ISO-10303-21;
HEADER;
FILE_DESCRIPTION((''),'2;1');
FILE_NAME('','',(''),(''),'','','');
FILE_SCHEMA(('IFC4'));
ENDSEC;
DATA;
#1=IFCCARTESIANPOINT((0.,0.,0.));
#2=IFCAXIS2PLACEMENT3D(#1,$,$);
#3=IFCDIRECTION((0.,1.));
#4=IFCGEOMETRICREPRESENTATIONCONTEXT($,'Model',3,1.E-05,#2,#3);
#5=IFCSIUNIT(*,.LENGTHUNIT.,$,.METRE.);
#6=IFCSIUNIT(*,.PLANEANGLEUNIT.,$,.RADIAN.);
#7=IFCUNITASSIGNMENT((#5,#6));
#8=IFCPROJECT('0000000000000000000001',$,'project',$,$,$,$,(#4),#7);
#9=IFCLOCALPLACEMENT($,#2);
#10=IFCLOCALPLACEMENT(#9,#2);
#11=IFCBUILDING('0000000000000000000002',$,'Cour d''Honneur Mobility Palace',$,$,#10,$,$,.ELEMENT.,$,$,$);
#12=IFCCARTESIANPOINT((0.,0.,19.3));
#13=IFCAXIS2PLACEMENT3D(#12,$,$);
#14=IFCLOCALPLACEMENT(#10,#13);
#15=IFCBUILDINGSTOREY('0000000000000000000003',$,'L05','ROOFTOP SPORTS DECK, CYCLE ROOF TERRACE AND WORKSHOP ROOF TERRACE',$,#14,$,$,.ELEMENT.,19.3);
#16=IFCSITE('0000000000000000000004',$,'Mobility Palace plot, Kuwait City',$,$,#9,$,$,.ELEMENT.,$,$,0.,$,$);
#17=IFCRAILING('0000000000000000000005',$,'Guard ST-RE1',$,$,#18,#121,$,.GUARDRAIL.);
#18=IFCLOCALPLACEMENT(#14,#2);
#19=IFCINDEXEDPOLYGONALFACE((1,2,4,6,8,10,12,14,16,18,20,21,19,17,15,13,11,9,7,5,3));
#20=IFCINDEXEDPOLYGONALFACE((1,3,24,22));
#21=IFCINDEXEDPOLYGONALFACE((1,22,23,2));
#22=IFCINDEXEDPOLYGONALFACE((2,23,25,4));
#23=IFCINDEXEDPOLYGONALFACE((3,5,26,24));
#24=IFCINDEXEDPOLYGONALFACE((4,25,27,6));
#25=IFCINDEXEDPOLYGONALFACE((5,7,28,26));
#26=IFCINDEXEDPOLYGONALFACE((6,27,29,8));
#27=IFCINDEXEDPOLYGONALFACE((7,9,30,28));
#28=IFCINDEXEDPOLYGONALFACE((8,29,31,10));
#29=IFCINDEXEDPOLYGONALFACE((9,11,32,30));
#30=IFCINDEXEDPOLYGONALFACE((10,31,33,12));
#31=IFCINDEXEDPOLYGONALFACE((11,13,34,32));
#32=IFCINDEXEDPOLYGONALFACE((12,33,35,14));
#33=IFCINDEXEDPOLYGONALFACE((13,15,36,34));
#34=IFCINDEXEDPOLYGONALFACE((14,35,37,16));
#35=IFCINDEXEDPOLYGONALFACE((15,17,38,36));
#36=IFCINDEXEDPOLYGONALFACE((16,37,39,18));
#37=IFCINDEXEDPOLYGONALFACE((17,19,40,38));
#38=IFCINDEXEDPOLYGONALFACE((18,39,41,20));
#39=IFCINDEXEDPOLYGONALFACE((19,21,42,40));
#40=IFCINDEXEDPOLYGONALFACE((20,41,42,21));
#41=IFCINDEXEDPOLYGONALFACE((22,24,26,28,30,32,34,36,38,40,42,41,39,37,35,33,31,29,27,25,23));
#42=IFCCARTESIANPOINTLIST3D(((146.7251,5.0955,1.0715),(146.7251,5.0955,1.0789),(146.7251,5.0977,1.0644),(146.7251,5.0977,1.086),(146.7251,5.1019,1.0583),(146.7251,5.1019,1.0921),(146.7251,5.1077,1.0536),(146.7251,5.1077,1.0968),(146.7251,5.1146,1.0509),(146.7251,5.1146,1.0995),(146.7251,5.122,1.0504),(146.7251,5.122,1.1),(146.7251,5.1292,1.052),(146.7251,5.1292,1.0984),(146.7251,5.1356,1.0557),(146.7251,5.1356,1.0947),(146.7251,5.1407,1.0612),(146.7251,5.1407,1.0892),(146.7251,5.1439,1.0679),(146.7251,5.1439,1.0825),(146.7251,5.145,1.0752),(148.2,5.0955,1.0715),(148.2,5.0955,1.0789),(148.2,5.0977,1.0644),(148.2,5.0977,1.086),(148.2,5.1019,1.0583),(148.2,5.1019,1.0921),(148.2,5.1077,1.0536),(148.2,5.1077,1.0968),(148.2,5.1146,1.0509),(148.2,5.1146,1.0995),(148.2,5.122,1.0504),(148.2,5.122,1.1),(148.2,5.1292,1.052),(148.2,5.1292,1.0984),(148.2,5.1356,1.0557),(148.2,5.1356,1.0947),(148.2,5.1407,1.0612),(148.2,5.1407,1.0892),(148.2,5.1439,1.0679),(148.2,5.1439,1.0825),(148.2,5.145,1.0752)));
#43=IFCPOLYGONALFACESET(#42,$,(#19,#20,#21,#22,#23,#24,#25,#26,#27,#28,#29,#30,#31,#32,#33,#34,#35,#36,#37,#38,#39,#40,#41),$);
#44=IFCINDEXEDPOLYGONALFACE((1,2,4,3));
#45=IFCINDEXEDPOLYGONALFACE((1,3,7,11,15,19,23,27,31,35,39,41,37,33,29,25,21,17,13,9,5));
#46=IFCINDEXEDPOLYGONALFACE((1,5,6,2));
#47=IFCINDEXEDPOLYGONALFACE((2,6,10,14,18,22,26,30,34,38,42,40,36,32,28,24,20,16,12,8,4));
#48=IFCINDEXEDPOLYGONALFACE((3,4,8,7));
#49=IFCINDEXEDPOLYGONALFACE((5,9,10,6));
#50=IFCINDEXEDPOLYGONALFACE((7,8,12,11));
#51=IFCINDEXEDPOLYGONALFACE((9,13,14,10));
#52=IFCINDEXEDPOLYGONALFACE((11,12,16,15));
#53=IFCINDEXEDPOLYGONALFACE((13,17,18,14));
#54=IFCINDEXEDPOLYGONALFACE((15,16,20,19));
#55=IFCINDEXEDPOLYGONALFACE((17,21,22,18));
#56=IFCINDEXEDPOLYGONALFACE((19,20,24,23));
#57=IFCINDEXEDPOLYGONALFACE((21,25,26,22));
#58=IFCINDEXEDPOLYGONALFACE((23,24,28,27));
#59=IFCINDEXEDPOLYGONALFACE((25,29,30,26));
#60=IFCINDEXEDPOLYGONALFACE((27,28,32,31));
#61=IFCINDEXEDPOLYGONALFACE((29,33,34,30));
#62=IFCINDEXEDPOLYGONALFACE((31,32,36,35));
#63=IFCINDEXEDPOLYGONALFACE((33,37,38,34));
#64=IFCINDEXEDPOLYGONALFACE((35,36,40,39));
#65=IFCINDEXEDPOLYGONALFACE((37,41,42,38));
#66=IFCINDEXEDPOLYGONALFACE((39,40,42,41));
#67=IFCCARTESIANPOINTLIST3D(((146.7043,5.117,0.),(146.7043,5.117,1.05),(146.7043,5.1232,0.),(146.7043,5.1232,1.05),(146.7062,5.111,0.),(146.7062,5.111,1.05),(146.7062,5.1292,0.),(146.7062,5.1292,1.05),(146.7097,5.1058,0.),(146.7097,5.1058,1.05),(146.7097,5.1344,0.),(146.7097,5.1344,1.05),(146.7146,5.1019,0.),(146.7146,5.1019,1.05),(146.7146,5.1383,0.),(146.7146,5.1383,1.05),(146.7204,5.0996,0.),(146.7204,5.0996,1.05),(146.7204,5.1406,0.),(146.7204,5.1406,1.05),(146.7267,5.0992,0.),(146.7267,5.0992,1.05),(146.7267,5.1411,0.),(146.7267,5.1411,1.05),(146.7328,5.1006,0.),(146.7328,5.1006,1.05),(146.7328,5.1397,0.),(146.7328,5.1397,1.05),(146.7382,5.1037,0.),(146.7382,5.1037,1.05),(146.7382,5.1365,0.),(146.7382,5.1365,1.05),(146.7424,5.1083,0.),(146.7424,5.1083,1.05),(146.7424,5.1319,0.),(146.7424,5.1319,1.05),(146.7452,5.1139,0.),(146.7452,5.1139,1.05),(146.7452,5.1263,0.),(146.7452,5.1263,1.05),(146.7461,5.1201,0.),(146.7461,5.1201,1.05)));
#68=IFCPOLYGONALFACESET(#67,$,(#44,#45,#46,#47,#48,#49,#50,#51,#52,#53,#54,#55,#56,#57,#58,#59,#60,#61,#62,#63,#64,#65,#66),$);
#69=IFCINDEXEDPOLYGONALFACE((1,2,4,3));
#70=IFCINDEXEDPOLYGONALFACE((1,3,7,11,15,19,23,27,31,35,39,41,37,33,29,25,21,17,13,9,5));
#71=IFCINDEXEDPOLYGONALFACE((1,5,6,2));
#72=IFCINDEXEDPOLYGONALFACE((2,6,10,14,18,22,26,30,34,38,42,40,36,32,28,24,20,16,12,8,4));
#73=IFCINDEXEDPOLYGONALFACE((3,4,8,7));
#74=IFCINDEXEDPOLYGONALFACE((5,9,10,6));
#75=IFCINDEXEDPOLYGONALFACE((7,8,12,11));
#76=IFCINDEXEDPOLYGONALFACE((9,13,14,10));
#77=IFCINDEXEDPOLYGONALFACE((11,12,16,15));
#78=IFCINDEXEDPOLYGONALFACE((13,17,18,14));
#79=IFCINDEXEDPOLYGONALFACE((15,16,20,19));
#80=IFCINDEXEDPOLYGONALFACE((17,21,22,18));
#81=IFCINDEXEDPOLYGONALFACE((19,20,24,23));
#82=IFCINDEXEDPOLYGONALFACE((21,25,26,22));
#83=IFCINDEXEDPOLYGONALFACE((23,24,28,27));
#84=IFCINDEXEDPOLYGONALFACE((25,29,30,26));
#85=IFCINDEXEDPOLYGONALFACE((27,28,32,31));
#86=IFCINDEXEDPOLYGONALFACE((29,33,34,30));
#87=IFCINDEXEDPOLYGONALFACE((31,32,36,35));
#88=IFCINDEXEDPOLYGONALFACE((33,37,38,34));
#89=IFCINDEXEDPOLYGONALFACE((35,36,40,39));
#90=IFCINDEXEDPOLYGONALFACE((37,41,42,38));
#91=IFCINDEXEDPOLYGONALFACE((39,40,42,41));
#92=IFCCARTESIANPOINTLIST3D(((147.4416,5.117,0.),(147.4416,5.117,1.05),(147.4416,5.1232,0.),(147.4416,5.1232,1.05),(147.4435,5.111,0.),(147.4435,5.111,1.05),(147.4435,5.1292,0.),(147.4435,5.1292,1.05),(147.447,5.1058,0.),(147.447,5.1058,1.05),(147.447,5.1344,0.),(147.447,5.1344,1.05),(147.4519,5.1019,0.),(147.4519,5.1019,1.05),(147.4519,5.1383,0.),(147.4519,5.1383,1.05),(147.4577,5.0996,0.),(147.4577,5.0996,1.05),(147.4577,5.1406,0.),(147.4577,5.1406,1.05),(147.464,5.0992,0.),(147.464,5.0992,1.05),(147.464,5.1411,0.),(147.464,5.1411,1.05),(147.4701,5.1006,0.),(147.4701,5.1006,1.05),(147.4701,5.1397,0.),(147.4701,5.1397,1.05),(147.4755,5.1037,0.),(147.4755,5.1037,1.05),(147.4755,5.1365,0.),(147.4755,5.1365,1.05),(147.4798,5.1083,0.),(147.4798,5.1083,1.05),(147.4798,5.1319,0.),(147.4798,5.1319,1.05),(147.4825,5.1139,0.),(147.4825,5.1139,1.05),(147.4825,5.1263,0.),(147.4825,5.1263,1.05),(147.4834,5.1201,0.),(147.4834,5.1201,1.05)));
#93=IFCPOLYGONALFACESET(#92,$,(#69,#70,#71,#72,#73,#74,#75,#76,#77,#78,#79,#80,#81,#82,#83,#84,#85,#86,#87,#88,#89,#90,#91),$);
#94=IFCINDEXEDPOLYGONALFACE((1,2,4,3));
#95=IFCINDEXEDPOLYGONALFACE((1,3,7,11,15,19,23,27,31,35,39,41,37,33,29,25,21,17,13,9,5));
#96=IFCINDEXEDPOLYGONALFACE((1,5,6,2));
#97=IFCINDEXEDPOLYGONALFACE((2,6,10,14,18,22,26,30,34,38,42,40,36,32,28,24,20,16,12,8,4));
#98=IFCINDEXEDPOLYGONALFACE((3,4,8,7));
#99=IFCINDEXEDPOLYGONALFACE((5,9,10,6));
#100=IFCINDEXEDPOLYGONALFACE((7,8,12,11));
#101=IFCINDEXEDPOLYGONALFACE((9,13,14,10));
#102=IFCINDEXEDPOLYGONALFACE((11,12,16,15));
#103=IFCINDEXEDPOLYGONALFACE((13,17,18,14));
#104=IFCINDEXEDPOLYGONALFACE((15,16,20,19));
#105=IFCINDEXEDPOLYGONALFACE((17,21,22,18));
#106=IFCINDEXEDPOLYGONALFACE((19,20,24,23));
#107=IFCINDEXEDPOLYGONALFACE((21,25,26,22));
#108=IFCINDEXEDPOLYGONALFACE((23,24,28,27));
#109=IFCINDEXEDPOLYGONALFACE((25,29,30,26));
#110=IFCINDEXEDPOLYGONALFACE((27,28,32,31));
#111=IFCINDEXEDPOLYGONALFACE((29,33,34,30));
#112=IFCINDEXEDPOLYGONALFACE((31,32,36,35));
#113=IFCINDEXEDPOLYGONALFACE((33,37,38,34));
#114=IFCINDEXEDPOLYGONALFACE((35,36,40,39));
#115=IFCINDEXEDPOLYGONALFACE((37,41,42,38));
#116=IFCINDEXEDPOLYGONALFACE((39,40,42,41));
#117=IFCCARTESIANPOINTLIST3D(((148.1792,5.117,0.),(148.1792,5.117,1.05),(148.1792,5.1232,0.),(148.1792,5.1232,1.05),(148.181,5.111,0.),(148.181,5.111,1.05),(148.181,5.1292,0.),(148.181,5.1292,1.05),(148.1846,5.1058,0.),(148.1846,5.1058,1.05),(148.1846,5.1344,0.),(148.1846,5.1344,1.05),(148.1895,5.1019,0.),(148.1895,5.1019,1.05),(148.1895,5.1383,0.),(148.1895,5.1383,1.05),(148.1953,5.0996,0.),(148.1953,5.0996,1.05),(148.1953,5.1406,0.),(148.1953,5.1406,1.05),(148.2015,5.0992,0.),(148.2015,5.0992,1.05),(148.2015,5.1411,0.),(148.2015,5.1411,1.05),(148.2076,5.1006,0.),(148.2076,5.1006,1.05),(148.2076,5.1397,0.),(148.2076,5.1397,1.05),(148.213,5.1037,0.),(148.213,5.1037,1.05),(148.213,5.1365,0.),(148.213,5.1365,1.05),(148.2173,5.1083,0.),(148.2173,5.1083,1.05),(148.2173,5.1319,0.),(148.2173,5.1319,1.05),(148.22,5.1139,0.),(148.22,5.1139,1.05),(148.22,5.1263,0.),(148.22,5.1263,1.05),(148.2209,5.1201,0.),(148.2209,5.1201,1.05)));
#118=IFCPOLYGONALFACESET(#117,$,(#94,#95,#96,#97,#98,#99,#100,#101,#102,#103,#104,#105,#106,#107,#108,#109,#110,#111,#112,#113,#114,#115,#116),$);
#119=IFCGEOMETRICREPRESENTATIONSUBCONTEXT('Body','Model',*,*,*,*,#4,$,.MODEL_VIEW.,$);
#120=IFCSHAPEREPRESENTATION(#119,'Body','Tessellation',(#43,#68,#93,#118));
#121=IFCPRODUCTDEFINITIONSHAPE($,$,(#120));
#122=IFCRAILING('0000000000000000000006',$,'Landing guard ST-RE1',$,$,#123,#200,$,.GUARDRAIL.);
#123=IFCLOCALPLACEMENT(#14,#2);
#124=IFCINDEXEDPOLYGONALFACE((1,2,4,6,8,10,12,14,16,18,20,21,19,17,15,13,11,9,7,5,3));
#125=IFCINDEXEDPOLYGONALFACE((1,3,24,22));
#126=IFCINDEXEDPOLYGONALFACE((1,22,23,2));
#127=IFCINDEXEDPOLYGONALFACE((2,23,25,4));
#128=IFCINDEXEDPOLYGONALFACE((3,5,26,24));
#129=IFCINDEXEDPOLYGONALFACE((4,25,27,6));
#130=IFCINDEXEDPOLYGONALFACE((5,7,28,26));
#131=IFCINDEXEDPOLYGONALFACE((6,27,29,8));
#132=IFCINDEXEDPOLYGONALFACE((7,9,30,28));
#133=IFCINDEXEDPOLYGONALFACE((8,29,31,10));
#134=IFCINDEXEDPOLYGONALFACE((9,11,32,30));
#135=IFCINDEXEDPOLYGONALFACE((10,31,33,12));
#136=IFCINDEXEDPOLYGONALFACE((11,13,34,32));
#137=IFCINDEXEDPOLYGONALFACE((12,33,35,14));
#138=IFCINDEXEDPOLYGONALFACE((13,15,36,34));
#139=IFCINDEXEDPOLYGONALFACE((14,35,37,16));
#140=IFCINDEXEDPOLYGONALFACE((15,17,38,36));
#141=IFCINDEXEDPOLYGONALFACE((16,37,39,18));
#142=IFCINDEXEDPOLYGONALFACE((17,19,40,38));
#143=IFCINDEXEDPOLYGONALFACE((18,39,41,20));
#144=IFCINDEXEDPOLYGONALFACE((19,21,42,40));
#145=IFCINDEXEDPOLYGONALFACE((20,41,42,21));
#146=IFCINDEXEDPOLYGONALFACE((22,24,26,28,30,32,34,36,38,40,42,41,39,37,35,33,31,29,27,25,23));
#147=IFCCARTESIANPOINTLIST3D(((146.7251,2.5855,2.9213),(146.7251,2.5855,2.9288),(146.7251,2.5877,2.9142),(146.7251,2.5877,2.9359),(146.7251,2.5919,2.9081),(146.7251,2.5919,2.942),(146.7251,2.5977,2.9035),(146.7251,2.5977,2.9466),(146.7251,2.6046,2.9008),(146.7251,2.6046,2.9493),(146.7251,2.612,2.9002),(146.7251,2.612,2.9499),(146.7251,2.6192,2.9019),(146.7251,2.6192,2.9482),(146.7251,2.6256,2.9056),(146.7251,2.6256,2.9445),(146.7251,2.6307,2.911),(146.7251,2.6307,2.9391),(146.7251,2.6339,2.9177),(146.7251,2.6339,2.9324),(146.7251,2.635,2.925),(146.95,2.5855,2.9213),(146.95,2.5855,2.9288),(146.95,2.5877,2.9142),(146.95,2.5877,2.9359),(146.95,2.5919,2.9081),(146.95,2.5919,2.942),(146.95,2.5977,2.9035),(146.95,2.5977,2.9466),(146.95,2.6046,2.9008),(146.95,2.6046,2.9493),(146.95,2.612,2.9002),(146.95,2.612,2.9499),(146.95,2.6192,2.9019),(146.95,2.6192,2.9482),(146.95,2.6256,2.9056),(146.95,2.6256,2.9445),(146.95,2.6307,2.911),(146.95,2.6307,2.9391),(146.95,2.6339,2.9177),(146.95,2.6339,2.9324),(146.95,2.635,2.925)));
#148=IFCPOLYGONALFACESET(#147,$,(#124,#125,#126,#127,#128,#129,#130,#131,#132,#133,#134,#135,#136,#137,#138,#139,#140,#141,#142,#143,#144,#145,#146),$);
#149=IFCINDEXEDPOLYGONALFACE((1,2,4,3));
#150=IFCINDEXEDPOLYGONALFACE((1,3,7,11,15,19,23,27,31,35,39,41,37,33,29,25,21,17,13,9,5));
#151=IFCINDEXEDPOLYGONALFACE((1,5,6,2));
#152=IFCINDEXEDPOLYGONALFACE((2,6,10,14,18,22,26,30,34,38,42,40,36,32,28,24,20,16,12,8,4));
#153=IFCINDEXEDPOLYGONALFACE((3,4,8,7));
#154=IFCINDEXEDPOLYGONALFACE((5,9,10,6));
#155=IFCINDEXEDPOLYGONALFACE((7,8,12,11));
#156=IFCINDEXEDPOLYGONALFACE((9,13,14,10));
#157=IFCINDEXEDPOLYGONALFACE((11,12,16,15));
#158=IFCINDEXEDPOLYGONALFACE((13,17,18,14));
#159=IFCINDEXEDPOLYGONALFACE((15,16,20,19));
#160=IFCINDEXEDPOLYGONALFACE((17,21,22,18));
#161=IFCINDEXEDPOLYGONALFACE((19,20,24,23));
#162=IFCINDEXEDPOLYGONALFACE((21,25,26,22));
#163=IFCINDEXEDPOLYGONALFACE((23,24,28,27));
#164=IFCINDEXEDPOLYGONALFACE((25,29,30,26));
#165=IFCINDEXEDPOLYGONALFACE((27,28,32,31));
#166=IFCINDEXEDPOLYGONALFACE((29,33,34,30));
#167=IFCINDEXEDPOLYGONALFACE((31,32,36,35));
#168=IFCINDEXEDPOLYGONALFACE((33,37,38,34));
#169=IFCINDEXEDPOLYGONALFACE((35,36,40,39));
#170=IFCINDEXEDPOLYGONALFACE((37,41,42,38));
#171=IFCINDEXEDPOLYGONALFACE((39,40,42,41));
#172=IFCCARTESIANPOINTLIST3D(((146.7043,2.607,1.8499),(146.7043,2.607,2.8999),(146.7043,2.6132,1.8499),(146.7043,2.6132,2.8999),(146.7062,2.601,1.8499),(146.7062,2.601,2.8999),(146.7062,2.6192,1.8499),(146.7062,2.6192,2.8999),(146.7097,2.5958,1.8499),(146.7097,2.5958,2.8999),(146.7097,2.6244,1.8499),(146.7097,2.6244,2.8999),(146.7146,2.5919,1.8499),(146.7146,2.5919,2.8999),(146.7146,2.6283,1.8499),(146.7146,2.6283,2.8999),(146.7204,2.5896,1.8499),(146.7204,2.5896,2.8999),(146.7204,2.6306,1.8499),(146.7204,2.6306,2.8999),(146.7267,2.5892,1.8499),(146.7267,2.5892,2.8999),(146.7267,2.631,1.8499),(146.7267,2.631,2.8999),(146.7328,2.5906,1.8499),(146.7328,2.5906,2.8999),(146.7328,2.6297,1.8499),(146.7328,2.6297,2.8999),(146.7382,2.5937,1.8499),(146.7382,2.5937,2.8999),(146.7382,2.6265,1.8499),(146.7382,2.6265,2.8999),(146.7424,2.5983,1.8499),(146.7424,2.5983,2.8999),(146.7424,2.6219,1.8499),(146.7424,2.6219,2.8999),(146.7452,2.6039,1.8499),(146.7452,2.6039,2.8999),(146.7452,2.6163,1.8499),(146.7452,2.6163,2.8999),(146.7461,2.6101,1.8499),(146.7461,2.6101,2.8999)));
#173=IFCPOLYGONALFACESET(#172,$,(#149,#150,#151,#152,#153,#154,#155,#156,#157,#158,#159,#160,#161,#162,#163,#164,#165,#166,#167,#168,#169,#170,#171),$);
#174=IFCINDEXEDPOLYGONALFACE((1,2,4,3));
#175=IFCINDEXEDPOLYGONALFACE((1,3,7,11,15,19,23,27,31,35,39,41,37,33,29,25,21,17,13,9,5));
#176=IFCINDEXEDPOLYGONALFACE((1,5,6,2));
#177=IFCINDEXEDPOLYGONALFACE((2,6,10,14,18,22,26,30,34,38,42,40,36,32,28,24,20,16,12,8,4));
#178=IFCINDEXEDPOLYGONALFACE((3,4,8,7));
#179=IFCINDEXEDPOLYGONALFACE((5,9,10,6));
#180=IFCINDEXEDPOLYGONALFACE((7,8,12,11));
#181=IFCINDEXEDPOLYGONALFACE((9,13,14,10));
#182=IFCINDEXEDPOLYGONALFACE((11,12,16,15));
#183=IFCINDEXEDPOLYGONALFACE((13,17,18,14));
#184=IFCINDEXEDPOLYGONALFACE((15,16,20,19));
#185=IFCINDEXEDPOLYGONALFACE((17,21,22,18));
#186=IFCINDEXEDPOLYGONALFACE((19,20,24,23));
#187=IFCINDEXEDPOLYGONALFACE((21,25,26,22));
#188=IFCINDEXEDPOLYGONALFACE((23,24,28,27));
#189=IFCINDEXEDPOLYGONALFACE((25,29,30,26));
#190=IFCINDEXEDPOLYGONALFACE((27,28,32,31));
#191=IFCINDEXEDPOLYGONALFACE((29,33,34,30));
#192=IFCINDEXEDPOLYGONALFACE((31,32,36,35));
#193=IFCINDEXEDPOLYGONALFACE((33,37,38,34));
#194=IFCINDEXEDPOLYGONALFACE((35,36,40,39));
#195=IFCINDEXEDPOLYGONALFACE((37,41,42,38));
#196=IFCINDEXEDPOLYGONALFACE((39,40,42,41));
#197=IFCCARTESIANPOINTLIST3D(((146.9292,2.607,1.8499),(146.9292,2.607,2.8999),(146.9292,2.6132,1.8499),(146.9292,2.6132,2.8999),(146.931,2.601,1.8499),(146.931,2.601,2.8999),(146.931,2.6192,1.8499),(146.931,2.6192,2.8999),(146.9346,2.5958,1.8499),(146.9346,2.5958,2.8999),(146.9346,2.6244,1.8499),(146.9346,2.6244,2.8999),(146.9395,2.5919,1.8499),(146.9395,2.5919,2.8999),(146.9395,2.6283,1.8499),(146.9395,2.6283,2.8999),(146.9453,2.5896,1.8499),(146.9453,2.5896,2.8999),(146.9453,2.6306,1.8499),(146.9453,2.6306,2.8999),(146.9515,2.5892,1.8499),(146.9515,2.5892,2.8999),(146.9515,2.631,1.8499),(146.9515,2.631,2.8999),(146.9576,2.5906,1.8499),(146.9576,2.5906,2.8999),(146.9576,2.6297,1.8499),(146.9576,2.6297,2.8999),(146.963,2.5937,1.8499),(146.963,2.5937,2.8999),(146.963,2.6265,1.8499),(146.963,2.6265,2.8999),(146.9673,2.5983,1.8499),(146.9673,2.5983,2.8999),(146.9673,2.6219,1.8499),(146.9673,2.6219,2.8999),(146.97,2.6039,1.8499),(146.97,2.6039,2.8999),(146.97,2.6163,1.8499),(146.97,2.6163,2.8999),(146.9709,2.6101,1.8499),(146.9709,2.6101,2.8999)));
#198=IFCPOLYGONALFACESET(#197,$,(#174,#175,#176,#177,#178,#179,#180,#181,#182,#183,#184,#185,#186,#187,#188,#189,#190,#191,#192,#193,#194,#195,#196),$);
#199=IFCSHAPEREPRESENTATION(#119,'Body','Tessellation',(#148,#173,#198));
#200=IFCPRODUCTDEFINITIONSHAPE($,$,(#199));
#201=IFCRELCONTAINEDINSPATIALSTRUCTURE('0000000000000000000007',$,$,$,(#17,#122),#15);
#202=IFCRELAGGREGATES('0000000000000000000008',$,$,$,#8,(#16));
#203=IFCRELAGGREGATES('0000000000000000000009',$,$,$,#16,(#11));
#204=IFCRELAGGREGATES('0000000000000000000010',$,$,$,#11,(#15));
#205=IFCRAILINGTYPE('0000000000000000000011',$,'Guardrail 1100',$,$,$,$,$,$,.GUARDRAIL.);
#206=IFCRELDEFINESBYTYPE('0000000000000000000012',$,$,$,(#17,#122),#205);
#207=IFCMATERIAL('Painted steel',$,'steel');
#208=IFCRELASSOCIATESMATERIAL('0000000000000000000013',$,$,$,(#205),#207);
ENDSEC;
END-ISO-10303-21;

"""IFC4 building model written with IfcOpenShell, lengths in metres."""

from ifc_helpers import new_model, si_unit, direction, frame, origin, origin_2d, place, context, subcontext, project, spatial, circle, extrude, material, type_object, element, save


model = new_model("IFC4")

# Units and contexts
model_context = context("Model", 3, precision=1e-05, world=origin(), true_north=direction((0.0, 1.0)))
body_context = subcontext(model_context, "Body", "Model", "MODEL_VIEW")
ifc_project = project(units=[si_unit("LENGTHUNIT", "METRE"), si_unit("PLANEANGLEUNIT", "RADIAN")], contexts=[model_context])

# Site, building, storey
site_placement = place(None, origin())
site = spatial("IfcSite", under=ifc_project, at=site_placement, Name="Mobility Palace plot, Kuwait City", CompositionType="ELEMENT", RefElevation=0.0)
building_placement = place(site_placement, origin())
building = spatial("IfcBuilding", under=site, at=building_placement, Name="Cour d'Honneur Mobility Palace", CompositionType="ELEMENT")
storey_placement = place(building_placement, frame((0.0, 0.0, 19.3)))
storey = spatial("IfcBuildingStorey", under=building, at=storey_placement, Name="L05", Description="ROOFTOP SPORTS DECK, CYCLE ROOF TERRACE AND WORKSHOP ROOF TERRACE", CompositionType="ELEMENT", Elevation=19.3)

# Railings
ifc_material_1 = material(Name="Painted steel", Category="steel")
railing_type_1 = type_object("IfcRailingType", Name="Guardrail 1100", PredefinedType="GUARDRAIL", material=ifc_material_1)
railing_1_placement = place(storey_placement, frame((146.7251, 5.1201, 0.0)))
element("IfcRailing", 1, at=railing_1_placement, inside=storey, type_object=railing_type_1, Name="Guard ST-RE1", PredefinedType="GUARDRAIL", context=body_context, shape_type="SweptSolid", body=[
    extrude(circle(Radius=0.0249, at=origin_2d()), frame((0.0, 0.0, 1.0752), z_axis=(1.0, 0.0, 0.0), x_axis=(0.0, 1.0, 0.0)), (0.0, 0.0, 1.0), 1.4749),
    extrude(circle(Radius=0.021, at=origin_2d()), origin(), (0.0, 0.0, 1.0), 1.05),
    extrude(circle(Radius=0.021, at=origin_2d()), frame((0.7373, 0.0, 0.0)), (0.0, 0.0, 1.0), 1.05),
    extrude(circle(Radius=0.021, at=origin_2d()), frame((1.4749, 0.0, 0.0)), (0.0, 0.0, 1.0), 1.05),
])
railing_2_placement = place(storey_placement, frame((146.7251, 2.6101, 1.8499)))
element("IfcRailing", 2, at=railing_2_placement, inside=storey, type_object=railing_type_1, Name="Landing guard ST-RE1", PredefinedType="GUARDRAIL", context=body_context, shape_type="SweptSolid", body=[
    extrude(circle(Radius=0.0249, at=origin_2d()), frame((0.0, 0.0, 1.0752), z_axis=(1.0, 0.0, 0.0), x_axis=(0.0, 1.0, 0.0)), (0.0, 0.0, 1.0), 0.2249),
    extrude(circle(Radius=0.021, at=origin_2d()), origin(), (0.0, 0.0, 1.0), 1.05),
    extrude(circle(Radius=0.021, at=origin_2d()), frame((0.2249, 0.0, 0.0)), (0.0, 0.0, 1.0), 1.05),
])

save(model, "model.ifc")
